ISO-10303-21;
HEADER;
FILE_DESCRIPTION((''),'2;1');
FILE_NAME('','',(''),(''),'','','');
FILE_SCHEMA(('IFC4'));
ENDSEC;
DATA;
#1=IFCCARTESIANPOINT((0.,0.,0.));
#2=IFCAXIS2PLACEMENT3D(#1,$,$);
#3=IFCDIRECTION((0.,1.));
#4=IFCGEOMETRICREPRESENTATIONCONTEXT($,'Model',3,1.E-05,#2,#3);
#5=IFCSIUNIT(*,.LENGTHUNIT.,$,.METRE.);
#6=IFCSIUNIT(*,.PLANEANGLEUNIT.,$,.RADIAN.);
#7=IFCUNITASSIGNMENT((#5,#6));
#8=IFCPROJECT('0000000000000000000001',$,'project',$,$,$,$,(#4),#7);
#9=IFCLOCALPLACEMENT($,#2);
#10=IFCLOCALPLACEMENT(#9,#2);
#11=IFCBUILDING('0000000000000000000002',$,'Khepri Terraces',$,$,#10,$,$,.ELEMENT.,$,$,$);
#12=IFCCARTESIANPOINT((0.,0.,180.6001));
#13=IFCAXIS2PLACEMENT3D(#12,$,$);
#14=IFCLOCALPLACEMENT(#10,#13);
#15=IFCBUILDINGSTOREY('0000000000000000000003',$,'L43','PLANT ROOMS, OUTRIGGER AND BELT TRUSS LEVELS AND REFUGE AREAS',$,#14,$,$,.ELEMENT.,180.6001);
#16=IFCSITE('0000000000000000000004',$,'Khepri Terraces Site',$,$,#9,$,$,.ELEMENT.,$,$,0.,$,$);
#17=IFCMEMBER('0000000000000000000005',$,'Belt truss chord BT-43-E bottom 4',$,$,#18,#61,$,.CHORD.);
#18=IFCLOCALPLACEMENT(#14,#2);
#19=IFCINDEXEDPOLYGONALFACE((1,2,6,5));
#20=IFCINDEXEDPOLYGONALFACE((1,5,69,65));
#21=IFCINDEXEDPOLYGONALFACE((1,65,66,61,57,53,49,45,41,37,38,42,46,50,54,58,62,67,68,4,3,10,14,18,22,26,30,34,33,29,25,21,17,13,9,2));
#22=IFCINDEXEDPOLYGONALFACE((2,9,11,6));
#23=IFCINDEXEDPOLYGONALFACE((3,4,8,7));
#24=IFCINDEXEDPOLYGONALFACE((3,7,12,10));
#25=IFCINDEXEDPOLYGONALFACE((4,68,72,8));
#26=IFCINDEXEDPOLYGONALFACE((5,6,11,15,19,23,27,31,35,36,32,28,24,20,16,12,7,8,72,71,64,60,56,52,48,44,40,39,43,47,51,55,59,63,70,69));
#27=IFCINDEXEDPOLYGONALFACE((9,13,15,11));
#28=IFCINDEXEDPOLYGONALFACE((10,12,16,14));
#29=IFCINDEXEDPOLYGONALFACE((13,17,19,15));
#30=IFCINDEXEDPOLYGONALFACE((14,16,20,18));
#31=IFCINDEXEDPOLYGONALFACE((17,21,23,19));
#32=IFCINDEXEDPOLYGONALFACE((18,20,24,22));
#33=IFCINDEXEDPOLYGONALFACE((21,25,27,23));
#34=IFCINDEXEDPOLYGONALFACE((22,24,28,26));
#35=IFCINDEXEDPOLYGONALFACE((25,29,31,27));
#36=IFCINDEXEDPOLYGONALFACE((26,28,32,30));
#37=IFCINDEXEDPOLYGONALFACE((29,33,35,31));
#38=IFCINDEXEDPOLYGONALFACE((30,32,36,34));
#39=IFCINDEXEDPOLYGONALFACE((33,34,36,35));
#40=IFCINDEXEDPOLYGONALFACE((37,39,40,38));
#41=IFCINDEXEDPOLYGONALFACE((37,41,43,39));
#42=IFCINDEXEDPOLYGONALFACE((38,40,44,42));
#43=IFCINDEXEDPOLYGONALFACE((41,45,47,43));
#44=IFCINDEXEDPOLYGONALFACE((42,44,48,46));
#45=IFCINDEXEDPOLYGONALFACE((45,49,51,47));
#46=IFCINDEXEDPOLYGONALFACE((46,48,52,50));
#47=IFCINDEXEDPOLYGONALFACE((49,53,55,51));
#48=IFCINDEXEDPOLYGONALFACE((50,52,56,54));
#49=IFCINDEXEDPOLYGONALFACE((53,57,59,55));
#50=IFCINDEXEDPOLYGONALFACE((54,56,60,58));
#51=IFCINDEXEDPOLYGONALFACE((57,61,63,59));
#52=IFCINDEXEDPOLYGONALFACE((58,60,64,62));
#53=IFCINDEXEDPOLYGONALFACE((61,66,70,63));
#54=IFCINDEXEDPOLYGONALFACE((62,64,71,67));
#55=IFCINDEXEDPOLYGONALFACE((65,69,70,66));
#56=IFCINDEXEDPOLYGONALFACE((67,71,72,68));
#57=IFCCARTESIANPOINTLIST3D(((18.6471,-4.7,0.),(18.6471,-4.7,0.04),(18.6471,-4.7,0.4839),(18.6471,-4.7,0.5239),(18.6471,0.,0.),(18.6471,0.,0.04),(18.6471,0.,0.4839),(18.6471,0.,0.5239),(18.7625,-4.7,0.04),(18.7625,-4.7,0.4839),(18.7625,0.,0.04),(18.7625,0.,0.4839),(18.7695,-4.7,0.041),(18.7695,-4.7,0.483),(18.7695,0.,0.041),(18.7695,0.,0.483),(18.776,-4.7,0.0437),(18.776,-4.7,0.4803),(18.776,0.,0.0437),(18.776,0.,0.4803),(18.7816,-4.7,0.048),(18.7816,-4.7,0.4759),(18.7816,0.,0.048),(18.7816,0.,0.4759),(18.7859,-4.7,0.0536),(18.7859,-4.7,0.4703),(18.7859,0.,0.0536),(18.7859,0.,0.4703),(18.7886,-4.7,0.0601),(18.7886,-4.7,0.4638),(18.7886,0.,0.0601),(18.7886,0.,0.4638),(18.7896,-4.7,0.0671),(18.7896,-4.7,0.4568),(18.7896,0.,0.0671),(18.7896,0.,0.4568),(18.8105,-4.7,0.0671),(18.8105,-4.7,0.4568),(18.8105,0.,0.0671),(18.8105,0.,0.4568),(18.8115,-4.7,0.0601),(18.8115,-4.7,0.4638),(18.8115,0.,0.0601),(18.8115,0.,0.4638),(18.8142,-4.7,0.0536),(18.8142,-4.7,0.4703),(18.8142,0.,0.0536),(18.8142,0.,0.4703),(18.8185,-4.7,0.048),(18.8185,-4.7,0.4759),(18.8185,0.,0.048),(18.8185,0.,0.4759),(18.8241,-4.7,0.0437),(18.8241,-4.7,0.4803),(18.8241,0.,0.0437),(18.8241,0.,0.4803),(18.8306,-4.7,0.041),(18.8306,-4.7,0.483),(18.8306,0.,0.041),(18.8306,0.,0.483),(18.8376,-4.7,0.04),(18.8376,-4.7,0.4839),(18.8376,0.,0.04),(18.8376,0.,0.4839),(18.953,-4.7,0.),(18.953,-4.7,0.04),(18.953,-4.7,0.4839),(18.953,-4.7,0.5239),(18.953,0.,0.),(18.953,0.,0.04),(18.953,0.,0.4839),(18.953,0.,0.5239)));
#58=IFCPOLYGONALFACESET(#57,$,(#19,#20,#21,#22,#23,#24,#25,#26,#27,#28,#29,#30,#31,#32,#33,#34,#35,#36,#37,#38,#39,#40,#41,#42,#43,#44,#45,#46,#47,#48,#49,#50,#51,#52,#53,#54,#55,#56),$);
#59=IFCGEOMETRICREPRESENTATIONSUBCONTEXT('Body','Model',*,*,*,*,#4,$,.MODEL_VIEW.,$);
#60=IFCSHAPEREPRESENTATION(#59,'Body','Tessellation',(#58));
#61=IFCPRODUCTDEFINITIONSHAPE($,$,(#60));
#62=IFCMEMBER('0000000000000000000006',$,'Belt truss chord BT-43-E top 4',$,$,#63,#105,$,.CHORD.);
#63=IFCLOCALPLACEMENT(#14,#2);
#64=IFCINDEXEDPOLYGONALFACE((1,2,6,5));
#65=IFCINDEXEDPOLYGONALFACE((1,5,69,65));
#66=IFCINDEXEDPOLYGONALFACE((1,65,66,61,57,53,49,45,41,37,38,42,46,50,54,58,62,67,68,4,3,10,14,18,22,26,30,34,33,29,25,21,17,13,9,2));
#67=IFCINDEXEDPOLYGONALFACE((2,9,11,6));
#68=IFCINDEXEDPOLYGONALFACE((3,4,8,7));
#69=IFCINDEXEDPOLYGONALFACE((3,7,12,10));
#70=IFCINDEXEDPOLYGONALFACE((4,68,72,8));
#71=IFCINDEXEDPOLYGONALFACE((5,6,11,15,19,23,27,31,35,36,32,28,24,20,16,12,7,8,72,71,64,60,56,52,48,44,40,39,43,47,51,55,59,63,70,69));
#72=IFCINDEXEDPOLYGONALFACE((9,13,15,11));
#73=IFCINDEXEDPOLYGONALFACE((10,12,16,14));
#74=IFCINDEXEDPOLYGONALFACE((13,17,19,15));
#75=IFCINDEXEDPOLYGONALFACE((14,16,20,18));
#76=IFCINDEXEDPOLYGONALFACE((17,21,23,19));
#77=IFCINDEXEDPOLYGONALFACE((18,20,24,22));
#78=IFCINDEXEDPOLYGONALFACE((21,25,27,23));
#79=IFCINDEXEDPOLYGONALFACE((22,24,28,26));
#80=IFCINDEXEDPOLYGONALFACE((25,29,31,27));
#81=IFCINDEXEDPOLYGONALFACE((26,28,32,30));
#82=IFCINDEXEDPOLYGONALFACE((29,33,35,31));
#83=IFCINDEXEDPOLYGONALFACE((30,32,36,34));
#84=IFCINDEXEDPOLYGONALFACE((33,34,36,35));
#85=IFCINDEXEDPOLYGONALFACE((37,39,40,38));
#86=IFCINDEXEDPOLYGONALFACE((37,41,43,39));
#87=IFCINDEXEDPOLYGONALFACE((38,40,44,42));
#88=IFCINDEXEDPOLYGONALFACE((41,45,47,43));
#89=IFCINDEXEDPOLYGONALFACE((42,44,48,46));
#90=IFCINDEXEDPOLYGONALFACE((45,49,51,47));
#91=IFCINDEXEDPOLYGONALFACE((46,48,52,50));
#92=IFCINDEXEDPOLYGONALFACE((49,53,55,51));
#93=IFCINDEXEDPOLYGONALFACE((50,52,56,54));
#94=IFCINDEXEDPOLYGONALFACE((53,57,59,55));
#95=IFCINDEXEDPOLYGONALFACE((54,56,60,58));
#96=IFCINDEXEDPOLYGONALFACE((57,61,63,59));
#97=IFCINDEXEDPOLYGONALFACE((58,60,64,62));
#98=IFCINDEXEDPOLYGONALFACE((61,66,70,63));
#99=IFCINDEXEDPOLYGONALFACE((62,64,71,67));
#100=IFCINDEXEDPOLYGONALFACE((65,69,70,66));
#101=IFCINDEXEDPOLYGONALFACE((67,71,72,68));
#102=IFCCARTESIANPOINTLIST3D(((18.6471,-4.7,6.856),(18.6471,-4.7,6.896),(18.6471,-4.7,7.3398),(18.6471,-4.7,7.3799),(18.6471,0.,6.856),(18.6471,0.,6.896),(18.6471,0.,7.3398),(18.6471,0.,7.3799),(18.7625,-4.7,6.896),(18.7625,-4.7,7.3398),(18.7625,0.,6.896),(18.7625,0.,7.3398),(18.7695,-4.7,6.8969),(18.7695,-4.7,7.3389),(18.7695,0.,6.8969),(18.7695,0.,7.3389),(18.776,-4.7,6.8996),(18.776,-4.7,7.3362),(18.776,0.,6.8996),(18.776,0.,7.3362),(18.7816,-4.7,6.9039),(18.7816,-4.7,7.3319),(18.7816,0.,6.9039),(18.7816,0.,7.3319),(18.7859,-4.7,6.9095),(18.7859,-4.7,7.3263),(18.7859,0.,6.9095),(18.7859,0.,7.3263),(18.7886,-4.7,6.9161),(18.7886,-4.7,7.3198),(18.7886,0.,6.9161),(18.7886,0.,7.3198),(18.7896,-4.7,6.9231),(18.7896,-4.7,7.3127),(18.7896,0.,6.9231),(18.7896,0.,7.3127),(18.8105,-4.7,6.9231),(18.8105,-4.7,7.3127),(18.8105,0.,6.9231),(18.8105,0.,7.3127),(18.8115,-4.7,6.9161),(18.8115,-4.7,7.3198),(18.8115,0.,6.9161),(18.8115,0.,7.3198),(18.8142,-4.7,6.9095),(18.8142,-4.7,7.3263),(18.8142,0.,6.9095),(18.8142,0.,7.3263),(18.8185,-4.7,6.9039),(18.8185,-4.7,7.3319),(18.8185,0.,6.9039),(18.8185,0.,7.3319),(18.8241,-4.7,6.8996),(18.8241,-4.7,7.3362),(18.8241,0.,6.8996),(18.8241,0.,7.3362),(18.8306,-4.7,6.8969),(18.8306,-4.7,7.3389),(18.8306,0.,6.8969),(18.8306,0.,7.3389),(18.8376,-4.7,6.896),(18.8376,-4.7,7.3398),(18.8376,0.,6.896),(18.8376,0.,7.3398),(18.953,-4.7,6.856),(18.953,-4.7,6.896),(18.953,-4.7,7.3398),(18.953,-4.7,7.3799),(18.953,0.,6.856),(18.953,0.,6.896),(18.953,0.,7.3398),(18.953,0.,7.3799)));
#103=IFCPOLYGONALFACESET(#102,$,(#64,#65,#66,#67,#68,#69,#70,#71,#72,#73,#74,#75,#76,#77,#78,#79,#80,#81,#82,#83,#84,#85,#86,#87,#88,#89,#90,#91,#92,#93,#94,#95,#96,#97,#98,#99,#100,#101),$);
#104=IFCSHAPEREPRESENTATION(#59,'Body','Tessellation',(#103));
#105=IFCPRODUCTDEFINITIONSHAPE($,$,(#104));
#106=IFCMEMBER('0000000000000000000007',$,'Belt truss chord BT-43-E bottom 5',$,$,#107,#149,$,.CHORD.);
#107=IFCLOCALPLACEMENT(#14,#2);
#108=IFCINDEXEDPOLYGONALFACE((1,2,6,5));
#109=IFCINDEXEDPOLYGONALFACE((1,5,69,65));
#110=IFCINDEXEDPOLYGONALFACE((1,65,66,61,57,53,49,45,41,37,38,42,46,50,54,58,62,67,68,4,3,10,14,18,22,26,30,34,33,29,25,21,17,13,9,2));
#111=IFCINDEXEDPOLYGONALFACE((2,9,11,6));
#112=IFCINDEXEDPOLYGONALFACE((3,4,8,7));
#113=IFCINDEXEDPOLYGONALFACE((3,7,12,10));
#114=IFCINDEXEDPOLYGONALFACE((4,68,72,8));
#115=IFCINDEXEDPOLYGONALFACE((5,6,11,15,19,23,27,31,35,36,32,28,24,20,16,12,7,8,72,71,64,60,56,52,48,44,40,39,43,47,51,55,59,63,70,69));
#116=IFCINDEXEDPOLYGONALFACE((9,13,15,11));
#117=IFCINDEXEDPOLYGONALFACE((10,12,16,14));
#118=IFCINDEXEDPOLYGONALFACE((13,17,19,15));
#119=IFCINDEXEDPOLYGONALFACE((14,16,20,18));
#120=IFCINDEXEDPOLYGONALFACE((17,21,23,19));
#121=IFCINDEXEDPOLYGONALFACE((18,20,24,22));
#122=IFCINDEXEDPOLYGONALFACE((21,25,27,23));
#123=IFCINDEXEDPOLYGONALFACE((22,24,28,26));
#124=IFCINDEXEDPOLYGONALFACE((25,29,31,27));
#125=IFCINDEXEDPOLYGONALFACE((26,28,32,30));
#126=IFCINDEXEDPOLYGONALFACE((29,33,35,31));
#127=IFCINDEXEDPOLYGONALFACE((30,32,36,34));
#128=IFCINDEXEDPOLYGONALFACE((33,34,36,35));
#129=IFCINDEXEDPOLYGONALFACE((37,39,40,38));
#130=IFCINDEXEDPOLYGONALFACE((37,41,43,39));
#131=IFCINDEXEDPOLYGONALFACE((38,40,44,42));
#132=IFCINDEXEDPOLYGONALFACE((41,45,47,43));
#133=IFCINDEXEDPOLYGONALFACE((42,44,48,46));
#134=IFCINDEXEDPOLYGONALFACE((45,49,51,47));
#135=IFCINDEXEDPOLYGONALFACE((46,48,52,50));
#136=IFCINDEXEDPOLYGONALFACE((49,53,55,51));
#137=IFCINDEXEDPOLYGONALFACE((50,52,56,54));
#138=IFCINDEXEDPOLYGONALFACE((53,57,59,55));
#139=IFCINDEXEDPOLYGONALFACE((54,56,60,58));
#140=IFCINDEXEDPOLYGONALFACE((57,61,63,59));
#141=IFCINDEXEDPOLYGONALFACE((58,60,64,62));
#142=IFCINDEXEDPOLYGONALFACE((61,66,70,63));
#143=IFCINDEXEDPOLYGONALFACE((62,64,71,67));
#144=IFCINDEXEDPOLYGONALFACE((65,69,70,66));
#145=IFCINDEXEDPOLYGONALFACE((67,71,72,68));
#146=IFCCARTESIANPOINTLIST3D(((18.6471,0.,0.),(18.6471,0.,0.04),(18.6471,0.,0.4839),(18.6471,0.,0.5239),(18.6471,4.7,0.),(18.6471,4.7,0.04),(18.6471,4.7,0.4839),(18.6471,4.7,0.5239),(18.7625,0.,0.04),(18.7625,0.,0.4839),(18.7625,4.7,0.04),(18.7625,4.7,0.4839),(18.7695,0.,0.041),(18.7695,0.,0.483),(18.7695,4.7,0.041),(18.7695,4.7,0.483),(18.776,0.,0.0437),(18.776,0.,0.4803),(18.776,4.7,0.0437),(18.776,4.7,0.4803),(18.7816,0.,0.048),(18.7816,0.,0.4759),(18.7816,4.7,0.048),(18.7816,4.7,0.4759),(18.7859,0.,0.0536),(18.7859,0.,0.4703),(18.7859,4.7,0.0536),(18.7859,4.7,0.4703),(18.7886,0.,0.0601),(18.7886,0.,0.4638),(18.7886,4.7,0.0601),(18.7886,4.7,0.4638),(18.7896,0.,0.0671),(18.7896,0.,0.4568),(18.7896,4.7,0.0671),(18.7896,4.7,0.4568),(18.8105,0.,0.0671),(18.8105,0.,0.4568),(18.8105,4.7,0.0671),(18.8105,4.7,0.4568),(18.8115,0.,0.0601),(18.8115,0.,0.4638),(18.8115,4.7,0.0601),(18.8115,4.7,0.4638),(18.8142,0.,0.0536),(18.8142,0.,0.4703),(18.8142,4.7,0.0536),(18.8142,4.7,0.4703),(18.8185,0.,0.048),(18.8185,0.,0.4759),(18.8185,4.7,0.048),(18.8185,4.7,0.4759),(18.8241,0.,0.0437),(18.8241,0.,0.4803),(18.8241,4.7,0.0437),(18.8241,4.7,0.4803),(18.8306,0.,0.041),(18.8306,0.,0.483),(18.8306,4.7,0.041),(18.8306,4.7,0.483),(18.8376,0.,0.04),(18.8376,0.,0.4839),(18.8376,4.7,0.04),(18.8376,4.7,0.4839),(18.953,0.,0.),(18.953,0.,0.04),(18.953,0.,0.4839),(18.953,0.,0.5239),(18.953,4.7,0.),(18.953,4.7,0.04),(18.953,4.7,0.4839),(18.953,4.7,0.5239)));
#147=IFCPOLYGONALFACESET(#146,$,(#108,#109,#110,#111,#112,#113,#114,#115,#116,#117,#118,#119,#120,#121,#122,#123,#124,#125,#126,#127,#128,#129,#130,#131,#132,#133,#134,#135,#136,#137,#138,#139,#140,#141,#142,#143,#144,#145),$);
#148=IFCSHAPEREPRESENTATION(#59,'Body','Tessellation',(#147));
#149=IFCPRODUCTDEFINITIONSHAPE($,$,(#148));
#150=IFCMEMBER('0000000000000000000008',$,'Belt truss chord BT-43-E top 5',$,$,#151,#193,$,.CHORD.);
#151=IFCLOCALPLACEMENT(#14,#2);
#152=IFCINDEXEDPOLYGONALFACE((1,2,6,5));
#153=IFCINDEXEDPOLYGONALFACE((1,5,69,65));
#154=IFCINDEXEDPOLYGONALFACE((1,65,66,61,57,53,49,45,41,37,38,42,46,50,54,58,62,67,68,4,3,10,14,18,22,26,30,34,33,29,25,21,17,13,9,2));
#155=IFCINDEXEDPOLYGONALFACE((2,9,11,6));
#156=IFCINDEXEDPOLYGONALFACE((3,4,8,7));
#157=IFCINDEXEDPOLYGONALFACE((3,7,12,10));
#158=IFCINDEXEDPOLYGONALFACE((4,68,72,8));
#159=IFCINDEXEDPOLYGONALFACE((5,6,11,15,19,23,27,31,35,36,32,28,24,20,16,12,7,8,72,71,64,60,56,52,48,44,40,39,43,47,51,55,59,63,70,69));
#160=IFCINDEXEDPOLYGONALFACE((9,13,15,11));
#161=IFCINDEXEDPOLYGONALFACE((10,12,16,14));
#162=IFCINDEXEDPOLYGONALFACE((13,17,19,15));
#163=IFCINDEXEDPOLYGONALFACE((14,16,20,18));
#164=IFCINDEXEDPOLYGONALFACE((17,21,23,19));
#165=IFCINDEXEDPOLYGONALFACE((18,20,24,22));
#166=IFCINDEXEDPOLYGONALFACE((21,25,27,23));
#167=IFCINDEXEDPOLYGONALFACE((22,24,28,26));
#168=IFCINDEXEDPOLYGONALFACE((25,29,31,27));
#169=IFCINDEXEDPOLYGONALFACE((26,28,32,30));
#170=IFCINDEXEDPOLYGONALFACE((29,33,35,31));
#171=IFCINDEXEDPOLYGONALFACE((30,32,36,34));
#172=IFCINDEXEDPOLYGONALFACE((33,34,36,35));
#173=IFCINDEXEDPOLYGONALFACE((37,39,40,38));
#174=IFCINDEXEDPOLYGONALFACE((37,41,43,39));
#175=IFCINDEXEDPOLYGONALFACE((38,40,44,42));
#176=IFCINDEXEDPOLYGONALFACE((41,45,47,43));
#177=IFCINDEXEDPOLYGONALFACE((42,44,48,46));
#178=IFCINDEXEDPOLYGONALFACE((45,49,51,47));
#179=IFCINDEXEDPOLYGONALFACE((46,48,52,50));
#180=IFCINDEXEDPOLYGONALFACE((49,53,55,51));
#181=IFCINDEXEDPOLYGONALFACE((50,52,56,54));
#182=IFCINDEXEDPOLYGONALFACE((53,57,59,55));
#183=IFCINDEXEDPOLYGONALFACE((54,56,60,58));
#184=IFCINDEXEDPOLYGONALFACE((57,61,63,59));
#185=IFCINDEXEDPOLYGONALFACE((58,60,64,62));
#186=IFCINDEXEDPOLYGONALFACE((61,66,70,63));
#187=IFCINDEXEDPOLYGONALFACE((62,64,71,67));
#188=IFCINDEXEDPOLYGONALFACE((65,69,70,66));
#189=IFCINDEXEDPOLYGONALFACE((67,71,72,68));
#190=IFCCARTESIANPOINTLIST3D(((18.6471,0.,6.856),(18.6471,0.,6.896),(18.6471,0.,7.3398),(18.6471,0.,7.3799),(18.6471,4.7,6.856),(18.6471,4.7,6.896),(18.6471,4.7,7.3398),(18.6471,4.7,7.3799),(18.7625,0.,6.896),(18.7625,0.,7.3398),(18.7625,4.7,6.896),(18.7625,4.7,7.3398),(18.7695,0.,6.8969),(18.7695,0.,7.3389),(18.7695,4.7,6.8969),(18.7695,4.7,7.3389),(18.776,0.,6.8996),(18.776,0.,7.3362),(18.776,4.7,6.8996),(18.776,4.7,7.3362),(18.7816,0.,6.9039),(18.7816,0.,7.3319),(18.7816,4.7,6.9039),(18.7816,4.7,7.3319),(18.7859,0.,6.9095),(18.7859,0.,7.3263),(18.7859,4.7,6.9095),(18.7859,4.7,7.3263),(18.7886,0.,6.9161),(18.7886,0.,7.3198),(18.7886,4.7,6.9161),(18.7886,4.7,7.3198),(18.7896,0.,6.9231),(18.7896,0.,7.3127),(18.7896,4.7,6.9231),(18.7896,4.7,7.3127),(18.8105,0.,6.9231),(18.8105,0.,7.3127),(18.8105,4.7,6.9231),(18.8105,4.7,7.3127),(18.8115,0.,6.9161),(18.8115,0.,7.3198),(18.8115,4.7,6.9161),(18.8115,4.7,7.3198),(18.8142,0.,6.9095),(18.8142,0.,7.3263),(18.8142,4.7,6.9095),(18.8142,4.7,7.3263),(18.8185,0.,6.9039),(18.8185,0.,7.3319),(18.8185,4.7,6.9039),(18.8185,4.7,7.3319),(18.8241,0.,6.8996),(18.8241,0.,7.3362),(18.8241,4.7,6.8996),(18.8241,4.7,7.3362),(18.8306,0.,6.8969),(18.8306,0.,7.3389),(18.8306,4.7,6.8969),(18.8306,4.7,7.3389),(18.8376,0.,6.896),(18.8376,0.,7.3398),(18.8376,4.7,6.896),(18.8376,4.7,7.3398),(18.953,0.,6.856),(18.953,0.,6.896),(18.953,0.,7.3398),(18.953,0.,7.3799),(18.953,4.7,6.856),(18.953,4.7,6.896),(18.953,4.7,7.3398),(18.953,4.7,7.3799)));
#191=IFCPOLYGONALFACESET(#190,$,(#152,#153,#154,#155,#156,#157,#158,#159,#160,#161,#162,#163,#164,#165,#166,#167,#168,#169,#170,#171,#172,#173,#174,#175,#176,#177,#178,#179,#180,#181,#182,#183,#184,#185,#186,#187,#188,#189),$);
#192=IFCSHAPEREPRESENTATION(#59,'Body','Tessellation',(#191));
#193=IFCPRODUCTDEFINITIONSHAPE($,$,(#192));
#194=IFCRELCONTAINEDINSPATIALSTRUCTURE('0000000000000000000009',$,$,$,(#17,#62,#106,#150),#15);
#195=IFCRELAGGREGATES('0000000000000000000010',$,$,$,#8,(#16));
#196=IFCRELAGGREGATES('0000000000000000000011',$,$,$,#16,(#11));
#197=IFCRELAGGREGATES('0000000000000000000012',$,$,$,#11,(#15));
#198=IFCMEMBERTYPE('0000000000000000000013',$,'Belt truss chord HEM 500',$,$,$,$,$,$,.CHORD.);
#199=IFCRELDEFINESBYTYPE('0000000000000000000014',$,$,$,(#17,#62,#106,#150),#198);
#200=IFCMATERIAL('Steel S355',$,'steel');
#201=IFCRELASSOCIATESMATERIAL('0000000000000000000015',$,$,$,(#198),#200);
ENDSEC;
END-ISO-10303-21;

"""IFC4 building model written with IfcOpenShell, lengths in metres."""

from ifc_helpers import new_model, si_unit, direction, frame, origin, origin_2d, place, context, subcontext, project, spatial, i_section, extrude, material, material_profile, profile_set, type_object, element, save


model = new_model("IFC4")

# Units and contexts
model_context = context("Model", 3, precision=1e-05, world=origin(), true_north=direction((0.0, 1.0)))
body_context = subcontext(model_context, "Body", "Model", "MODEL_VIEW")
ifc_project = project(units=[si_unit("LENGTHUNIT", "METRE"), si_unit("PLANEANGLEUNIT", "RADIAN")], contexts=[model_context])

# Site, building, storey
site_placement = place(None, origin())
site = spatial("IfcSite", under=ifc_project, at=site_placement, Name="Khepri Terraces Site", CompositionType="ELEMENT", RefElevation=0.0)
building_placement = place(site_placement, origin())
building = spatial("IfcBuilding", under=site, at=building_placement, Name="Khepri Terraces", CompositionType="ELEMENT")
storey_placement = place(building_placement, frame((0.0, 0.0, 180.6001)))
storey = spatial("IfcBuildingStorey", under=building, at=storey_placement, Name="L43", Description="PLANT ROOMS, OUTRIGGER AND BELT TRUSS LEVELS AND REFUGE AREAS", CompositionType="ELEMENT", Elevation=180.6001)

# Members
ifc_material_1 = material(Name="Steel S355", Category="steel")
ifc_material_profile_1 = material_profile(ifc_material_1, i_section(OverallWidth=0.3059, OverallDepth=0.5239, WebThickness=0.021, FlangeThickness=0.04, FilletRadius=0.0271, at=origin_2d()), Name="Steel S355", Category="steel")
ifc_profile_set_1 = profile_set([ifc_material_profile_1], Name="Steel S355")
member_type_1 = type_object("IfcMemberType", Name="Belt truss chord HEM 500", PredefinedType="CHORD", material=ifc_profile_set_1)
for number, where, z_axis, x_axis, name in (
    (1, (18.8, -4.7, 0.262), (0.0, 1.0, 0.0), (-1.0, 0.0, 0.0), "Belt truss chord BT-43-E bottom 4"),
    (2, (18.8, -4.7, 7.1179), (0.0, 1.0, 0.0), (-1.0, 0.0, 0.0), "Belt truss chord BT-43-E top 4"),
    (3, (18.8, 0.0, 0.262), (0.0, 1.0, 0.0), (-1.0, 0.0, 0.0), "Belt truss chord BT-43-E bottom 5"),
    (4, (18.8, 0.0, 7.1179), (0.0, 1.0, 0.0), (-1.0, 0.0, 0.0), "Belt truss chord BT-43-E top 5"),
):
    element("IfcMember", number, at=place(storey_placement, frame(where, z_axis=z_axis, x_axis=x_axis)), inside=storey, type_object=member_type_1, Name=name, PredefinedType="CHORD", context=body_context, shape_type="SweptSolid", body=[
        extrude(i_section(OverallWidth=0.3059, OverallDepth=0.5239, WebThickness=0.021, FlangeThickness=0.04, FilletRadius=0.0271, at=origin_2d()), origin(), (0.0, 0.0, 1.0), 4.7),
    ])

save(model, "model.ifc")
